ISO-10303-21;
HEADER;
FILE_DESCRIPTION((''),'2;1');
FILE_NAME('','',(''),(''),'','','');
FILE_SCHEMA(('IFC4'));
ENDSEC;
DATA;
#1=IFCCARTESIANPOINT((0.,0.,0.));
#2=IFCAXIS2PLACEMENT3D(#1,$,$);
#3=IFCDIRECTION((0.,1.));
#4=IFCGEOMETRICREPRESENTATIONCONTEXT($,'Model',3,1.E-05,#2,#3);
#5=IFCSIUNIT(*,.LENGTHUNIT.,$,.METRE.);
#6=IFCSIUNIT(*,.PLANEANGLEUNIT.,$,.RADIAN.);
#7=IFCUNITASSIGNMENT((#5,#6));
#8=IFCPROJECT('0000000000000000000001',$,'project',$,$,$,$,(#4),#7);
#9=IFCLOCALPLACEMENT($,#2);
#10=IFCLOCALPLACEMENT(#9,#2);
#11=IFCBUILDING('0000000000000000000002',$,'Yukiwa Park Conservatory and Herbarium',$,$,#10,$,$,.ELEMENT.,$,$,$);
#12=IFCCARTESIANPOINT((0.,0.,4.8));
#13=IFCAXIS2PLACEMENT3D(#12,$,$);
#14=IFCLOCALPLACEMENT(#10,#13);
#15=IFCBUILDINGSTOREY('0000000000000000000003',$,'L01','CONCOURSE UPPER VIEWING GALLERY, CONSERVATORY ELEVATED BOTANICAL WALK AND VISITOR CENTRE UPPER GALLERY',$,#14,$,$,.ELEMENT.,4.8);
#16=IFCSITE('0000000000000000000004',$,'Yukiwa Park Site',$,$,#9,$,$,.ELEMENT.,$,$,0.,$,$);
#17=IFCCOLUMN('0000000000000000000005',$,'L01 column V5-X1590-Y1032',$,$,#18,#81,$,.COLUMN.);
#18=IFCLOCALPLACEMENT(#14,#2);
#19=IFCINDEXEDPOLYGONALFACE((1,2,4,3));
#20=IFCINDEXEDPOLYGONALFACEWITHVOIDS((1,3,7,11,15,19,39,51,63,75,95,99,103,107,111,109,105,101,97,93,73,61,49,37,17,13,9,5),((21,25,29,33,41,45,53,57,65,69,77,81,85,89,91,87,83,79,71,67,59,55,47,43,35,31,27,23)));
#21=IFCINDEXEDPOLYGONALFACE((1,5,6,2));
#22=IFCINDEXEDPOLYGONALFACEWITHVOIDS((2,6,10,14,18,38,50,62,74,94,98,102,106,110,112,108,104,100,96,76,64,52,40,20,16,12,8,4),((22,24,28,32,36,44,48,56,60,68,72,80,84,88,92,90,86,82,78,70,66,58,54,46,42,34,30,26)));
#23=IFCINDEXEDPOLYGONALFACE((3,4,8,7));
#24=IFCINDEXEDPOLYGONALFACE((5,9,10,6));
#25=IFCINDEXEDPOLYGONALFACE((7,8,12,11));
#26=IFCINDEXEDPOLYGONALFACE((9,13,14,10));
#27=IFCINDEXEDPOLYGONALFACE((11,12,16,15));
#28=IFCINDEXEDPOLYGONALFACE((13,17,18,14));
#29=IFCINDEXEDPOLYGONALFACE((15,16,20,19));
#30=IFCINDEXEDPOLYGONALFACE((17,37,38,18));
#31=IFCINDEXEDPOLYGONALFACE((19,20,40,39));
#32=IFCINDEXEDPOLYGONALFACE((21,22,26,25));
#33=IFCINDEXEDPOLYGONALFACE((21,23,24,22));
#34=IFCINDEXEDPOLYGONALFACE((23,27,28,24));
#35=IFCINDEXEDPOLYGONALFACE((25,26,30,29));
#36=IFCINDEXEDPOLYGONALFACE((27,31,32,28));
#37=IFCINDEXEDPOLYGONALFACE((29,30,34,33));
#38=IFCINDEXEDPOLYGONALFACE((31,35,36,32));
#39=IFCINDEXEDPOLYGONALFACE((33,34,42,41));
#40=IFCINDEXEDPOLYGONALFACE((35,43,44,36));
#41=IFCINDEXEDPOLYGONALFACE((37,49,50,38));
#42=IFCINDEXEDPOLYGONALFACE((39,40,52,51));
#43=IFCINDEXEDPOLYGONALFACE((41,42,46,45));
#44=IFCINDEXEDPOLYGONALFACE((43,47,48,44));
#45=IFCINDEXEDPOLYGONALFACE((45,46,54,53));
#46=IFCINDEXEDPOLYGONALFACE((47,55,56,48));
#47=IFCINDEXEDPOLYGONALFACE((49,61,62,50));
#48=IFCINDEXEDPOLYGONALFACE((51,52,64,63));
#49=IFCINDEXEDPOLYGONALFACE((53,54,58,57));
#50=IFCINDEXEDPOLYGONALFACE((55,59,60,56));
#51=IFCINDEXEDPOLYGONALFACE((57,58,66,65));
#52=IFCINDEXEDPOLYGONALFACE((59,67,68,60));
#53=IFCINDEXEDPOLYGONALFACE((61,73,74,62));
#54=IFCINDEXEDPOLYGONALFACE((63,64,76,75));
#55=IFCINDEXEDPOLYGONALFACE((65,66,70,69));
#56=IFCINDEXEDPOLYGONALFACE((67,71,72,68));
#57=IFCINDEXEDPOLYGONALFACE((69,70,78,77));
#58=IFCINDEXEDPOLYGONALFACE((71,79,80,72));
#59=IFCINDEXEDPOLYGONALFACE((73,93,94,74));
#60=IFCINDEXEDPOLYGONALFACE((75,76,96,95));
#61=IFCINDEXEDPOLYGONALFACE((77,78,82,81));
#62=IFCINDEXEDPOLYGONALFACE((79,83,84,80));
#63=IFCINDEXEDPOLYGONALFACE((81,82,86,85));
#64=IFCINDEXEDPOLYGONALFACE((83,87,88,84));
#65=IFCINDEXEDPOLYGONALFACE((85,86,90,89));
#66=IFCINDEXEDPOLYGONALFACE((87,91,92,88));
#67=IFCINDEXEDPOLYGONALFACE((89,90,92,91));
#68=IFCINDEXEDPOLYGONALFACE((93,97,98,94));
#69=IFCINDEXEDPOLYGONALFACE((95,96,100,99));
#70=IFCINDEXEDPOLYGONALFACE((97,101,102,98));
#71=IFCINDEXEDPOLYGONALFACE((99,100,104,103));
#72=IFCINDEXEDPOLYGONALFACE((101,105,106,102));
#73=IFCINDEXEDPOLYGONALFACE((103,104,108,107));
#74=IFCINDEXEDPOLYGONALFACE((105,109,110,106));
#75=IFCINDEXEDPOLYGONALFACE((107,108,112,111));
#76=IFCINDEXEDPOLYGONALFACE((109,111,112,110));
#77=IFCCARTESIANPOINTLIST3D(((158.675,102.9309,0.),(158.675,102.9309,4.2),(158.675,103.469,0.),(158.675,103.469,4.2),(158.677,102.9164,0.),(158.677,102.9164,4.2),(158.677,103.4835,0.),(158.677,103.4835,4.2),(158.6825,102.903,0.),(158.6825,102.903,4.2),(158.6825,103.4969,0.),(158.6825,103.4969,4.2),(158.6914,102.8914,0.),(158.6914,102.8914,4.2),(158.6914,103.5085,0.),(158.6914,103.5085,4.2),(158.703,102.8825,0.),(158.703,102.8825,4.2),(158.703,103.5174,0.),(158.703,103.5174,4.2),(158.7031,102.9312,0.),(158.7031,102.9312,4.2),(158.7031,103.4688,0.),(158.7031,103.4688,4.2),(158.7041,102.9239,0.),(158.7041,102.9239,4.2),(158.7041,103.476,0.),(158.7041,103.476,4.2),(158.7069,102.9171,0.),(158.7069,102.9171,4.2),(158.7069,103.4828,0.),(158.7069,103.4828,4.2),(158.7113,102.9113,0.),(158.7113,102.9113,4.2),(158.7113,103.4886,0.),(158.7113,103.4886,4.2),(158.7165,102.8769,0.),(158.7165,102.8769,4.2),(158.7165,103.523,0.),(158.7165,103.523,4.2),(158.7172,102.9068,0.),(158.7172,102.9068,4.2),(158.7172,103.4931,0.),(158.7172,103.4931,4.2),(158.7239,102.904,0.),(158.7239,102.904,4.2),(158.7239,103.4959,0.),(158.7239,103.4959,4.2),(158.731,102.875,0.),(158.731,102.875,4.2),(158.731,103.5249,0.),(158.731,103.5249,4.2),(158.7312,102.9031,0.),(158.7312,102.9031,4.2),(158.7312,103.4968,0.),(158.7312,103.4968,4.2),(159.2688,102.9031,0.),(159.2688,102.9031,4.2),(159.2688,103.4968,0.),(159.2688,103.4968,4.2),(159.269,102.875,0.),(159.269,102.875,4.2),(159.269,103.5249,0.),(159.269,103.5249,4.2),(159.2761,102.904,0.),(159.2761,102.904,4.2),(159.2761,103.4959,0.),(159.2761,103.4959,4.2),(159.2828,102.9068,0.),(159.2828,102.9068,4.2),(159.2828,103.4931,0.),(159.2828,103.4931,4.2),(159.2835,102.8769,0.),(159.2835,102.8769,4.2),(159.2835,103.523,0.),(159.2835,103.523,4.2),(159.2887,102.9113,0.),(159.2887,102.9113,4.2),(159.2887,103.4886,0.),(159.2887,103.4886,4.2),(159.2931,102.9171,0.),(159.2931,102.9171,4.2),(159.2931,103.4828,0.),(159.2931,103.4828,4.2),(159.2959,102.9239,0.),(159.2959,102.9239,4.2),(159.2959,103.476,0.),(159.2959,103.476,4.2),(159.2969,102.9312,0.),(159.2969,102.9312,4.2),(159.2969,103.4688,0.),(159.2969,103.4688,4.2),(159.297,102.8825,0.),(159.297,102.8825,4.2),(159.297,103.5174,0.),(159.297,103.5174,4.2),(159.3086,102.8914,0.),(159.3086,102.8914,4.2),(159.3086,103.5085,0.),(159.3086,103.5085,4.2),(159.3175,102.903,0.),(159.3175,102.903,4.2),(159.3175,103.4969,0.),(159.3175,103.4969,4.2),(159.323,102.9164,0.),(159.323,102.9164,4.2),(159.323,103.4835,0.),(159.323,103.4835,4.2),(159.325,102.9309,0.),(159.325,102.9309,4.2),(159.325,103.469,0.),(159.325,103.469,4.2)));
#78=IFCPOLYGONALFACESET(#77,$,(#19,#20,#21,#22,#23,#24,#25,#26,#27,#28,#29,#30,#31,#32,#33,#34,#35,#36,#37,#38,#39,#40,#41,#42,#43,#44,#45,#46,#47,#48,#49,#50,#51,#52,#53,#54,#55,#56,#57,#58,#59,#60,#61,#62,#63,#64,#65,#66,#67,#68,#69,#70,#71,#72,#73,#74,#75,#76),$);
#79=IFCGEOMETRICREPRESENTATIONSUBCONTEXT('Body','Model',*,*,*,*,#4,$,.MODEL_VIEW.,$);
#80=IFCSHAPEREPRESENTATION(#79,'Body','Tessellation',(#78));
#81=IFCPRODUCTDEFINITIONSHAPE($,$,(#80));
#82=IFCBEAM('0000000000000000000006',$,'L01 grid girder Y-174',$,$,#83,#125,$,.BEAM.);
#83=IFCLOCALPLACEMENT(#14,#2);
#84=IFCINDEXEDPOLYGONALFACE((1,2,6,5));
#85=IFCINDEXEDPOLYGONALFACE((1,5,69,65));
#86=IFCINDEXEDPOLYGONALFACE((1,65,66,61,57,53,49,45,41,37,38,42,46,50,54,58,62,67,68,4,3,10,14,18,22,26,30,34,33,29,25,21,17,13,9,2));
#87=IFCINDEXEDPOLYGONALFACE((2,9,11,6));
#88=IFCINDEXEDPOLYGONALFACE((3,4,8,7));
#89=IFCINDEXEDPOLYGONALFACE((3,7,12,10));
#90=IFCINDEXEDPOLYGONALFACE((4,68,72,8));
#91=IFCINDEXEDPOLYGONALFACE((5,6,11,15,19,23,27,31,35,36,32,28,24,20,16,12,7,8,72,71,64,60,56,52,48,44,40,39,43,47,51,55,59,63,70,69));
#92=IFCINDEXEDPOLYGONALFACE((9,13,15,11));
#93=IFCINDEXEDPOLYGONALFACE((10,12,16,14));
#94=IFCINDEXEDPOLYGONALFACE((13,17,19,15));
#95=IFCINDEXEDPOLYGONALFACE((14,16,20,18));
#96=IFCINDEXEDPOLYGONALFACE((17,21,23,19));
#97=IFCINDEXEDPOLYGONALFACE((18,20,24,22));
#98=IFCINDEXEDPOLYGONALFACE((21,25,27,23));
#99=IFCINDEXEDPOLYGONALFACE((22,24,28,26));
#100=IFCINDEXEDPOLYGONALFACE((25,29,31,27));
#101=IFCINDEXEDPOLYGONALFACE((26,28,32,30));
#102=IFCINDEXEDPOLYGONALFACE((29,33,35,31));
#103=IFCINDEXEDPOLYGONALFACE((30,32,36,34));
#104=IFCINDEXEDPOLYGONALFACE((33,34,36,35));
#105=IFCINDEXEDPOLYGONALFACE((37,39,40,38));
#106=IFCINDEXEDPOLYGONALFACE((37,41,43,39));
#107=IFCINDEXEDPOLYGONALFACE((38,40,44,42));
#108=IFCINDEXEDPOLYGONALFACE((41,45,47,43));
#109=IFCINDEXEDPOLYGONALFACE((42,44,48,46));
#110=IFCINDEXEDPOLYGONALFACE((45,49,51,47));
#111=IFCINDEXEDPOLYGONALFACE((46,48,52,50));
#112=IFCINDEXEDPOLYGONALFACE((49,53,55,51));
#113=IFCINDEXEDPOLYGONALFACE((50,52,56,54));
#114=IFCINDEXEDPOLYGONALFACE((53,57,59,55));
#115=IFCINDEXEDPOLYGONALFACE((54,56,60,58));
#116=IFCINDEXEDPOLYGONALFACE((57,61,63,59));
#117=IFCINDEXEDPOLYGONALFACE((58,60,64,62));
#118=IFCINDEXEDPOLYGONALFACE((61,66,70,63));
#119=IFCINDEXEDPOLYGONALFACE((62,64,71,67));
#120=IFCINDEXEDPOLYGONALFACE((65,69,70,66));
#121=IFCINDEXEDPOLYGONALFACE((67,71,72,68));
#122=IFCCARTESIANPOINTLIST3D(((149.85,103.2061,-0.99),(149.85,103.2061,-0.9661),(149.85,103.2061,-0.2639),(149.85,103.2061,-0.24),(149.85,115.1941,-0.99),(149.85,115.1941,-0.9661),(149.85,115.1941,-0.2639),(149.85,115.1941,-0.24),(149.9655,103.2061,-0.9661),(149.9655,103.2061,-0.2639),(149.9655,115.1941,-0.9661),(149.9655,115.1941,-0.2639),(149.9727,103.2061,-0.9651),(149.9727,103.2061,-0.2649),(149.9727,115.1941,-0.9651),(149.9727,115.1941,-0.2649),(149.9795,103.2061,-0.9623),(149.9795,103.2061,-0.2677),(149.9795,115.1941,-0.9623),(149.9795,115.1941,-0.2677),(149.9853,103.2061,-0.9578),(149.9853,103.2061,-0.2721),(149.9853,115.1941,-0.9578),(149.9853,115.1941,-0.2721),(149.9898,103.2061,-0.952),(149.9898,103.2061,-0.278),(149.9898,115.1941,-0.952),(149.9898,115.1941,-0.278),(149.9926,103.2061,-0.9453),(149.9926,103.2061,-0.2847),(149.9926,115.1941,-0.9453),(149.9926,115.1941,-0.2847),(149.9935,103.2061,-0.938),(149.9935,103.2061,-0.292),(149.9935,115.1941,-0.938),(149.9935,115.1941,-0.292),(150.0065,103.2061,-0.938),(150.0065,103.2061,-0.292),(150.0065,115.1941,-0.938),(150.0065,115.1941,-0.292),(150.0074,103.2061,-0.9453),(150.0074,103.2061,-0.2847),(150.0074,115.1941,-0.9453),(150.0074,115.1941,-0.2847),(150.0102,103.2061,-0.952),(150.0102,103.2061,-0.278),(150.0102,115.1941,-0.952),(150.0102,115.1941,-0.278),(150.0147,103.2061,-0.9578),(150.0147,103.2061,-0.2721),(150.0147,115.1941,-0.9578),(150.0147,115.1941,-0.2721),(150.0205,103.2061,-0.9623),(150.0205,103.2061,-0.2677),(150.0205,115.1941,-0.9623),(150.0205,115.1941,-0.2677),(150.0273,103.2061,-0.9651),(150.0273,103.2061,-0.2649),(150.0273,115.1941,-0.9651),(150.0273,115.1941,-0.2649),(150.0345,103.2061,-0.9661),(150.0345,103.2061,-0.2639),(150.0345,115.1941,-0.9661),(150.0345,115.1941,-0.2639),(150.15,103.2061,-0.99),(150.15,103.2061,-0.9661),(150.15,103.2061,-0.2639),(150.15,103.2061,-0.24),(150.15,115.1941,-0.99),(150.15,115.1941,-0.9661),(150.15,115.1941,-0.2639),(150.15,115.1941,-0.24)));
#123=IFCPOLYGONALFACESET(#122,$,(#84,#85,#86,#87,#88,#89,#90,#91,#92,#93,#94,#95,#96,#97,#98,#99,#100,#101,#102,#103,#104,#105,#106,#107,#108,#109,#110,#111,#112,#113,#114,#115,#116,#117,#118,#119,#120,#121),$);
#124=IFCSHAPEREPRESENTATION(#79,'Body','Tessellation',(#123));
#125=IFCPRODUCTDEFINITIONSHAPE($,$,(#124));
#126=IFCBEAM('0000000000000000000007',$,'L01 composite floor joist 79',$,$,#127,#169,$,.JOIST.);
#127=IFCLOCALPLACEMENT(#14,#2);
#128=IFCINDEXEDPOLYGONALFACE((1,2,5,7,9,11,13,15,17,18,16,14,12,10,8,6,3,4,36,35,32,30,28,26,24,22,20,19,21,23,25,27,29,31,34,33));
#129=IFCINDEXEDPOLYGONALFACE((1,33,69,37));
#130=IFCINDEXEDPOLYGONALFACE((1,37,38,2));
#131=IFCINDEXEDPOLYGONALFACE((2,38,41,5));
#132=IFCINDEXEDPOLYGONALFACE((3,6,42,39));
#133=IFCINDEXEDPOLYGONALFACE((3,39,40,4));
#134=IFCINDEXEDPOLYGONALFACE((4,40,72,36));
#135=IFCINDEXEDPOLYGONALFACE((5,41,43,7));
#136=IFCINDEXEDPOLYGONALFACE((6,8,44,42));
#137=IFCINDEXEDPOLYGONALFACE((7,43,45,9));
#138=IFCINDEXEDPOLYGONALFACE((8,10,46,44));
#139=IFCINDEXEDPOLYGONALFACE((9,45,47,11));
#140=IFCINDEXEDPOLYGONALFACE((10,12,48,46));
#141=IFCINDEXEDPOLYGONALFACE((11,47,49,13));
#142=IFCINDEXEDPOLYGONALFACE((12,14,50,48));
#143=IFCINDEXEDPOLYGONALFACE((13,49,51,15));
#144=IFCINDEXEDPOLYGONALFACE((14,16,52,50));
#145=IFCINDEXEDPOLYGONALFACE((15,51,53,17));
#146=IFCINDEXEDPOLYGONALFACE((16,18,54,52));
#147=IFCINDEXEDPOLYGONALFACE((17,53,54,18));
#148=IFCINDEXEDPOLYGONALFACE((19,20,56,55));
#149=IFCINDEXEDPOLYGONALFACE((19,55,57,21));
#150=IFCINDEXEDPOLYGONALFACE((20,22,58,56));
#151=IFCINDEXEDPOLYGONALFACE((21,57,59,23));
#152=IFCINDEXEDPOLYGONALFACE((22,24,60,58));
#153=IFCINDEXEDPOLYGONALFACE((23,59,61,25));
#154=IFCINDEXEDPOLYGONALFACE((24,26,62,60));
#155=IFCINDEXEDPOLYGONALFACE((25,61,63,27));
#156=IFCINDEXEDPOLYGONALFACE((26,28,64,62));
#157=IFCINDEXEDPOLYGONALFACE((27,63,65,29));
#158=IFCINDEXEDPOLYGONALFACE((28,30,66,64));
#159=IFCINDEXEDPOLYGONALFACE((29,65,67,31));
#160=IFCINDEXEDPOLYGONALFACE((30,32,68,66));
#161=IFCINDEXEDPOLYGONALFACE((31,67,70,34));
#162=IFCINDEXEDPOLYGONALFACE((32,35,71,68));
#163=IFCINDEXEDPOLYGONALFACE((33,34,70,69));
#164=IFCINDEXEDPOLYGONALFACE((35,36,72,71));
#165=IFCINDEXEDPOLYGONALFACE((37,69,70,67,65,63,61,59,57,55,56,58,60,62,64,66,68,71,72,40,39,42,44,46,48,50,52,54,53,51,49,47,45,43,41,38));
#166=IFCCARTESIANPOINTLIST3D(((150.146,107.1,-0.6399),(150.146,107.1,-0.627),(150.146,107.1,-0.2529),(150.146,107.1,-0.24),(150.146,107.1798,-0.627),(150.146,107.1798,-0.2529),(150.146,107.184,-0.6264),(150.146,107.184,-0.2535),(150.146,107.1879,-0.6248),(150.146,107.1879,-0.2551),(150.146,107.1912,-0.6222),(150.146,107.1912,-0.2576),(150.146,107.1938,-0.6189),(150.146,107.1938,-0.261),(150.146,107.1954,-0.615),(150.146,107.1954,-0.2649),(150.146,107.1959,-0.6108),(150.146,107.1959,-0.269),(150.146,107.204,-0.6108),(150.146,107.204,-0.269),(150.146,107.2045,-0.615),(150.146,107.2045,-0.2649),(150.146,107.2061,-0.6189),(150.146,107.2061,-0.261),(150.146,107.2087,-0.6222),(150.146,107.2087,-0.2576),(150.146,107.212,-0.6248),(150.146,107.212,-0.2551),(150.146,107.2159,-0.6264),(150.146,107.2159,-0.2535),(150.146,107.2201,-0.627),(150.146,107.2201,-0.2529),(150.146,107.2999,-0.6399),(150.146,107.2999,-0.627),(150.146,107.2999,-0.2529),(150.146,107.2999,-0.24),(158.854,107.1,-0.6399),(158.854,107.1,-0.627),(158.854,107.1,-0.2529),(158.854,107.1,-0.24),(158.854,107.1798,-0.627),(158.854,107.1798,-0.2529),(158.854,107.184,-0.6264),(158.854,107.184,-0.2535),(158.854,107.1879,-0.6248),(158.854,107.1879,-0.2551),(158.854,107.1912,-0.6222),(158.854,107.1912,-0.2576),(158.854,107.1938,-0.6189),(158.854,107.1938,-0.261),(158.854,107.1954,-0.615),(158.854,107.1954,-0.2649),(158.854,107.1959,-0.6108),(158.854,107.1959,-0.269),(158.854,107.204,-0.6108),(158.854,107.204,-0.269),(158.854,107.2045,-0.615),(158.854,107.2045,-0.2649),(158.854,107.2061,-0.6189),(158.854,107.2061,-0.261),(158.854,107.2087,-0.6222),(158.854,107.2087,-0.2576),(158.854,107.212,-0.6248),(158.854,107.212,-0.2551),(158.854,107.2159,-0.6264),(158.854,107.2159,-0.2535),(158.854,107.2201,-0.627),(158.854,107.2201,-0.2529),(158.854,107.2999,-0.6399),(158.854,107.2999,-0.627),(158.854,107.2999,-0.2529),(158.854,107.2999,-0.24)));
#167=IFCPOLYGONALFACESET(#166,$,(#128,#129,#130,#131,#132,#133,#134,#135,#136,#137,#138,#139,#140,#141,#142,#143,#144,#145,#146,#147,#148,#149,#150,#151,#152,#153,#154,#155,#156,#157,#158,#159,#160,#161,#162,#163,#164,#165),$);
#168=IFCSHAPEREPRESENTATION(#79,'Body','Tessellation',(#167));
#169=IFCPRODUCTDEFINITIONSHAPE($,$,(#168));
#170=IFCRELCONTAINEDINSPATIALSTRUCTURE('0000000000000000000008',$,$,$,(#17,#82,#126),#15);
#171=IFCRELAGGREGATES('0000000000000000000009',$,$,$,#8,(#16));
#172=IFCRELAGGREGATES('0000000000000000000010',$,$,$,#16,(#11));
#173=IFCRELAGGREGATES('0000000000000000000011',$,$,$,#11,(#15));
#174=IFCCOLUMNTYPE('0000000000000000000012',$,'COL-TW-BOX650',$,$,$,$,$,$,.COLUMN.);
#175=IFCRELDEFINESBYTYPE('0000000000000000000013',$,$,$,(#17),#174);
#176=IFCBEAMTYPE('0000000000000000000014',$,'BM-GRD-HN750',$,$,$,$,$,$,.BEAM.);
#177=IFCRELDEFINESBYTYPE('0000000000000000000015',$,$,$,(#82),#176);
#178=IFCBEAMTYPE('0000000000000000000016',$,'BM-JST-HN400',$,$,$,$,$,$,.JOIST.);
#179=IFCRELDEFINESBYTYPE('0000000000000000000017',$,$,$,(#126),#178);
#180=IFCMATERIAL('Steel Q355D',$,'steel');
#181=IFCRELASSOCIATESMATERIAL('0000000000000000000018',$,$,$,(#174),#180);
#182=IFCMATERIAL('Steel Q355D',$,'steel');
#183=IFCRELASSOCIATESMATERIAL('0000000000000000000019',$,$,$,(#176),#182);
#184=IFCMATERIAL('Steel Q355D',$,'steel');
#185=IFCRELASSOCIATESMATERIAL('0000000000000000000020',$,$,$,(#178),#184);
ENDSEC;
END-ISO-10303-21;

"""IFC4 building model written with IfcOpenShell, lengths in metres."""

from ifc_helpers import new_model, si_unit, direction, frame, origin, origin_2d, place, context, subcontext, project, spatial, hollow_rectangle, i_section, extrude, material, material_profile, profile_set, type_object, element, save


model = new_model("IFC4")

# Units and contexts
model_context = context("Model", 3, precision=1e-05, world=origin(), true_north=direction((0.0, 1.0)))
body_context = subcontext(model_context, "Body", "Model", "MODEL_VIEW")
ifc_project = project(units=[si_unit("LENGTHUNIT", "METRE"), si_unit("PLANEANGLEUNIT", "RADIAN")], contexts=[model_context])

# Site, building, storey
site_placement = place(None, origin())
site = spatial("IfcSite", under=ifc_project, at=site_placement, Name="Yukiwa Park Site", CompositionType="ELEMENT", RefElevation=0.0)
building_placement = place(site_placement, origin())
building = spatial("IfcBuilding", under=site, at=building_placement, Name="Yukiwa Park Conservatory and Herbarium", CompositionType="ELEMENT")
storey_placement = place(building_placement, frame((0.0, 0.0, 4.8)))
storey = spatial("IfcBuildingStorey", under=building, at=storey_placement, Name="L01", Description="CONCOURSE UPPER VIEWING GALLERY, CONSERVATORY ELEVATED BOTANICAL WALK AND VISITOR CENTRE UPPER GALLERY", CompositionType="ELEMENT", Elevation=4.8)

# Column
ifc_material_1 = material(Name="Steel Q355D", Category="steel")
ifc_material_profile_1 = material_profile(ifc_material_1, hollow_rectangle(XDim=0.6499, YDim=0.6499, WallThickness=0.0281, InnerFilletRadius=0.0281, OuterFilletRadius=0.0559, at=origin_2d()), Name="BOX 650x650x28")
ifc_profile_set_1 = profile_set([ifc_material_profile_1], Name="Steel Q355D")
column_type_1 = type_object("IfcColumnType", Name="COL-TW-BOX650", PredefinedType="COLUMN", material=ifc_profile_set_1)
for number, where, z_axis, x_axis, name in (
    (1, (159.0, 103.2, 0.0), (0.0, 0.0, 1.0), (1.0, 0.0, 0.0), "L01 column V5-X1590-Y1032"),
):
    element("IfcColumn", number, at=place(storey_placement, frame(where, z_axis=z_axis, x_axis=x_axis)), inside=storey, type_object=column_type_1, Name=name, PredefinedType="COLUMN", context=body_context, shape_type="SweptSolid", body=[
        extrude(hollow_rectangle(XDim=0.6499, YDim=0.6499, WallThickness=0.0281, InnerFilletRadius=0.0281, OuterFilletRadius=0.0559, at=origin_2d()), origin(), (0.0, 0.0, 1.0), 4.2),
    ])

# Beams
ifc_material_2 = material(Name="Steel Q355D", Category="steel")
ifc_material_profile_2 = material_profile(ifc_material_2, i_section(OverallWidth=0.3, OverallDepth=0.75, WebThickness=0.0129, FlangeThickness=0.0239, FilletRadius=0.0281, at=origin_2d()), Name="HN 750x300x13x24")
ifc_profile_set_2 = profile_set([ifc_material_profile_2], Name="Steel Q355D")
beam_type_1 = type_object("IfcBeamType", Name="BM-GRD-HN750", PredefinedType="BEAM", material=ifc_profile_set_2)
beam_placement = place(storey_placement, frame((150.0, 103.2061, -0.615), z_axis=(0.0, 1.0, 0.0), x_axis=(-1.0, 0.0, 0.0)))
element("IfcBeam", 2, at=beam_placement, inside=storey, type_object=beam_type_1, Name="L01 grid girder Y-174", PredefinedType="BEAM", context=body_context, shape_type="SweptSolid", body=[
    extrude(i_section(OverallWidth=0.3, OverallDepth=0.75, WebThickness=0.0129, FlangeThickness=0.0239, FilletRadius=0.0281, at=origin_2d()), origin(), (0.0, 0.0, 1.0), 11.988),
])
ifc_material_3 = material(Name="Steel Q355D", Category="steel")
ifc_material_profile_3 = material_profile(ifc_material_3, i_section(OverallWidth=0.2, OverallDepth=0.3999, WebThickness=0.0081, FlangeThickness=0.0129, FilletRadius=0.0161, at=origin_2d()), Name="HN 400x200x8x13")
ifc_profile_set_3 = profile_set([ifc_material_profile_3], Name="Steel Q355D")
beam_type_2 = type_object("IfcBeamType", Name="BM-JST-HN400", PredefinedType="JOIST", material=ifc_profile_set_3)
for number, where, z_axis, x_axis, name in (
    (3, (150.146, 107.2, -0.4399), (1.0, 0.0, 0.0), (0.0, 1.0, 0.0), "L01 composite floor joist 79"),
):
    element("IfcBeam", number, at=place(storey_placement, frame(where, z_axis=z_axis, x_axis=x_axis)), inside=storey, type_object=beam_type_2, Name=name, PredefinedType="JOIST", context=body_context, shape_type="SweptSolid", body=[
        extrude(i_section(OverallWidth=0.2, OverallDepth=0.3999, WebThickness=0.0081, FlangeThickness=0.0129, FilletRadius=0.0161, at=origin_2d()), origin(), (0.0, 0.0, 1.0), 8.708),
    ])

save(model, "model.ifc")
